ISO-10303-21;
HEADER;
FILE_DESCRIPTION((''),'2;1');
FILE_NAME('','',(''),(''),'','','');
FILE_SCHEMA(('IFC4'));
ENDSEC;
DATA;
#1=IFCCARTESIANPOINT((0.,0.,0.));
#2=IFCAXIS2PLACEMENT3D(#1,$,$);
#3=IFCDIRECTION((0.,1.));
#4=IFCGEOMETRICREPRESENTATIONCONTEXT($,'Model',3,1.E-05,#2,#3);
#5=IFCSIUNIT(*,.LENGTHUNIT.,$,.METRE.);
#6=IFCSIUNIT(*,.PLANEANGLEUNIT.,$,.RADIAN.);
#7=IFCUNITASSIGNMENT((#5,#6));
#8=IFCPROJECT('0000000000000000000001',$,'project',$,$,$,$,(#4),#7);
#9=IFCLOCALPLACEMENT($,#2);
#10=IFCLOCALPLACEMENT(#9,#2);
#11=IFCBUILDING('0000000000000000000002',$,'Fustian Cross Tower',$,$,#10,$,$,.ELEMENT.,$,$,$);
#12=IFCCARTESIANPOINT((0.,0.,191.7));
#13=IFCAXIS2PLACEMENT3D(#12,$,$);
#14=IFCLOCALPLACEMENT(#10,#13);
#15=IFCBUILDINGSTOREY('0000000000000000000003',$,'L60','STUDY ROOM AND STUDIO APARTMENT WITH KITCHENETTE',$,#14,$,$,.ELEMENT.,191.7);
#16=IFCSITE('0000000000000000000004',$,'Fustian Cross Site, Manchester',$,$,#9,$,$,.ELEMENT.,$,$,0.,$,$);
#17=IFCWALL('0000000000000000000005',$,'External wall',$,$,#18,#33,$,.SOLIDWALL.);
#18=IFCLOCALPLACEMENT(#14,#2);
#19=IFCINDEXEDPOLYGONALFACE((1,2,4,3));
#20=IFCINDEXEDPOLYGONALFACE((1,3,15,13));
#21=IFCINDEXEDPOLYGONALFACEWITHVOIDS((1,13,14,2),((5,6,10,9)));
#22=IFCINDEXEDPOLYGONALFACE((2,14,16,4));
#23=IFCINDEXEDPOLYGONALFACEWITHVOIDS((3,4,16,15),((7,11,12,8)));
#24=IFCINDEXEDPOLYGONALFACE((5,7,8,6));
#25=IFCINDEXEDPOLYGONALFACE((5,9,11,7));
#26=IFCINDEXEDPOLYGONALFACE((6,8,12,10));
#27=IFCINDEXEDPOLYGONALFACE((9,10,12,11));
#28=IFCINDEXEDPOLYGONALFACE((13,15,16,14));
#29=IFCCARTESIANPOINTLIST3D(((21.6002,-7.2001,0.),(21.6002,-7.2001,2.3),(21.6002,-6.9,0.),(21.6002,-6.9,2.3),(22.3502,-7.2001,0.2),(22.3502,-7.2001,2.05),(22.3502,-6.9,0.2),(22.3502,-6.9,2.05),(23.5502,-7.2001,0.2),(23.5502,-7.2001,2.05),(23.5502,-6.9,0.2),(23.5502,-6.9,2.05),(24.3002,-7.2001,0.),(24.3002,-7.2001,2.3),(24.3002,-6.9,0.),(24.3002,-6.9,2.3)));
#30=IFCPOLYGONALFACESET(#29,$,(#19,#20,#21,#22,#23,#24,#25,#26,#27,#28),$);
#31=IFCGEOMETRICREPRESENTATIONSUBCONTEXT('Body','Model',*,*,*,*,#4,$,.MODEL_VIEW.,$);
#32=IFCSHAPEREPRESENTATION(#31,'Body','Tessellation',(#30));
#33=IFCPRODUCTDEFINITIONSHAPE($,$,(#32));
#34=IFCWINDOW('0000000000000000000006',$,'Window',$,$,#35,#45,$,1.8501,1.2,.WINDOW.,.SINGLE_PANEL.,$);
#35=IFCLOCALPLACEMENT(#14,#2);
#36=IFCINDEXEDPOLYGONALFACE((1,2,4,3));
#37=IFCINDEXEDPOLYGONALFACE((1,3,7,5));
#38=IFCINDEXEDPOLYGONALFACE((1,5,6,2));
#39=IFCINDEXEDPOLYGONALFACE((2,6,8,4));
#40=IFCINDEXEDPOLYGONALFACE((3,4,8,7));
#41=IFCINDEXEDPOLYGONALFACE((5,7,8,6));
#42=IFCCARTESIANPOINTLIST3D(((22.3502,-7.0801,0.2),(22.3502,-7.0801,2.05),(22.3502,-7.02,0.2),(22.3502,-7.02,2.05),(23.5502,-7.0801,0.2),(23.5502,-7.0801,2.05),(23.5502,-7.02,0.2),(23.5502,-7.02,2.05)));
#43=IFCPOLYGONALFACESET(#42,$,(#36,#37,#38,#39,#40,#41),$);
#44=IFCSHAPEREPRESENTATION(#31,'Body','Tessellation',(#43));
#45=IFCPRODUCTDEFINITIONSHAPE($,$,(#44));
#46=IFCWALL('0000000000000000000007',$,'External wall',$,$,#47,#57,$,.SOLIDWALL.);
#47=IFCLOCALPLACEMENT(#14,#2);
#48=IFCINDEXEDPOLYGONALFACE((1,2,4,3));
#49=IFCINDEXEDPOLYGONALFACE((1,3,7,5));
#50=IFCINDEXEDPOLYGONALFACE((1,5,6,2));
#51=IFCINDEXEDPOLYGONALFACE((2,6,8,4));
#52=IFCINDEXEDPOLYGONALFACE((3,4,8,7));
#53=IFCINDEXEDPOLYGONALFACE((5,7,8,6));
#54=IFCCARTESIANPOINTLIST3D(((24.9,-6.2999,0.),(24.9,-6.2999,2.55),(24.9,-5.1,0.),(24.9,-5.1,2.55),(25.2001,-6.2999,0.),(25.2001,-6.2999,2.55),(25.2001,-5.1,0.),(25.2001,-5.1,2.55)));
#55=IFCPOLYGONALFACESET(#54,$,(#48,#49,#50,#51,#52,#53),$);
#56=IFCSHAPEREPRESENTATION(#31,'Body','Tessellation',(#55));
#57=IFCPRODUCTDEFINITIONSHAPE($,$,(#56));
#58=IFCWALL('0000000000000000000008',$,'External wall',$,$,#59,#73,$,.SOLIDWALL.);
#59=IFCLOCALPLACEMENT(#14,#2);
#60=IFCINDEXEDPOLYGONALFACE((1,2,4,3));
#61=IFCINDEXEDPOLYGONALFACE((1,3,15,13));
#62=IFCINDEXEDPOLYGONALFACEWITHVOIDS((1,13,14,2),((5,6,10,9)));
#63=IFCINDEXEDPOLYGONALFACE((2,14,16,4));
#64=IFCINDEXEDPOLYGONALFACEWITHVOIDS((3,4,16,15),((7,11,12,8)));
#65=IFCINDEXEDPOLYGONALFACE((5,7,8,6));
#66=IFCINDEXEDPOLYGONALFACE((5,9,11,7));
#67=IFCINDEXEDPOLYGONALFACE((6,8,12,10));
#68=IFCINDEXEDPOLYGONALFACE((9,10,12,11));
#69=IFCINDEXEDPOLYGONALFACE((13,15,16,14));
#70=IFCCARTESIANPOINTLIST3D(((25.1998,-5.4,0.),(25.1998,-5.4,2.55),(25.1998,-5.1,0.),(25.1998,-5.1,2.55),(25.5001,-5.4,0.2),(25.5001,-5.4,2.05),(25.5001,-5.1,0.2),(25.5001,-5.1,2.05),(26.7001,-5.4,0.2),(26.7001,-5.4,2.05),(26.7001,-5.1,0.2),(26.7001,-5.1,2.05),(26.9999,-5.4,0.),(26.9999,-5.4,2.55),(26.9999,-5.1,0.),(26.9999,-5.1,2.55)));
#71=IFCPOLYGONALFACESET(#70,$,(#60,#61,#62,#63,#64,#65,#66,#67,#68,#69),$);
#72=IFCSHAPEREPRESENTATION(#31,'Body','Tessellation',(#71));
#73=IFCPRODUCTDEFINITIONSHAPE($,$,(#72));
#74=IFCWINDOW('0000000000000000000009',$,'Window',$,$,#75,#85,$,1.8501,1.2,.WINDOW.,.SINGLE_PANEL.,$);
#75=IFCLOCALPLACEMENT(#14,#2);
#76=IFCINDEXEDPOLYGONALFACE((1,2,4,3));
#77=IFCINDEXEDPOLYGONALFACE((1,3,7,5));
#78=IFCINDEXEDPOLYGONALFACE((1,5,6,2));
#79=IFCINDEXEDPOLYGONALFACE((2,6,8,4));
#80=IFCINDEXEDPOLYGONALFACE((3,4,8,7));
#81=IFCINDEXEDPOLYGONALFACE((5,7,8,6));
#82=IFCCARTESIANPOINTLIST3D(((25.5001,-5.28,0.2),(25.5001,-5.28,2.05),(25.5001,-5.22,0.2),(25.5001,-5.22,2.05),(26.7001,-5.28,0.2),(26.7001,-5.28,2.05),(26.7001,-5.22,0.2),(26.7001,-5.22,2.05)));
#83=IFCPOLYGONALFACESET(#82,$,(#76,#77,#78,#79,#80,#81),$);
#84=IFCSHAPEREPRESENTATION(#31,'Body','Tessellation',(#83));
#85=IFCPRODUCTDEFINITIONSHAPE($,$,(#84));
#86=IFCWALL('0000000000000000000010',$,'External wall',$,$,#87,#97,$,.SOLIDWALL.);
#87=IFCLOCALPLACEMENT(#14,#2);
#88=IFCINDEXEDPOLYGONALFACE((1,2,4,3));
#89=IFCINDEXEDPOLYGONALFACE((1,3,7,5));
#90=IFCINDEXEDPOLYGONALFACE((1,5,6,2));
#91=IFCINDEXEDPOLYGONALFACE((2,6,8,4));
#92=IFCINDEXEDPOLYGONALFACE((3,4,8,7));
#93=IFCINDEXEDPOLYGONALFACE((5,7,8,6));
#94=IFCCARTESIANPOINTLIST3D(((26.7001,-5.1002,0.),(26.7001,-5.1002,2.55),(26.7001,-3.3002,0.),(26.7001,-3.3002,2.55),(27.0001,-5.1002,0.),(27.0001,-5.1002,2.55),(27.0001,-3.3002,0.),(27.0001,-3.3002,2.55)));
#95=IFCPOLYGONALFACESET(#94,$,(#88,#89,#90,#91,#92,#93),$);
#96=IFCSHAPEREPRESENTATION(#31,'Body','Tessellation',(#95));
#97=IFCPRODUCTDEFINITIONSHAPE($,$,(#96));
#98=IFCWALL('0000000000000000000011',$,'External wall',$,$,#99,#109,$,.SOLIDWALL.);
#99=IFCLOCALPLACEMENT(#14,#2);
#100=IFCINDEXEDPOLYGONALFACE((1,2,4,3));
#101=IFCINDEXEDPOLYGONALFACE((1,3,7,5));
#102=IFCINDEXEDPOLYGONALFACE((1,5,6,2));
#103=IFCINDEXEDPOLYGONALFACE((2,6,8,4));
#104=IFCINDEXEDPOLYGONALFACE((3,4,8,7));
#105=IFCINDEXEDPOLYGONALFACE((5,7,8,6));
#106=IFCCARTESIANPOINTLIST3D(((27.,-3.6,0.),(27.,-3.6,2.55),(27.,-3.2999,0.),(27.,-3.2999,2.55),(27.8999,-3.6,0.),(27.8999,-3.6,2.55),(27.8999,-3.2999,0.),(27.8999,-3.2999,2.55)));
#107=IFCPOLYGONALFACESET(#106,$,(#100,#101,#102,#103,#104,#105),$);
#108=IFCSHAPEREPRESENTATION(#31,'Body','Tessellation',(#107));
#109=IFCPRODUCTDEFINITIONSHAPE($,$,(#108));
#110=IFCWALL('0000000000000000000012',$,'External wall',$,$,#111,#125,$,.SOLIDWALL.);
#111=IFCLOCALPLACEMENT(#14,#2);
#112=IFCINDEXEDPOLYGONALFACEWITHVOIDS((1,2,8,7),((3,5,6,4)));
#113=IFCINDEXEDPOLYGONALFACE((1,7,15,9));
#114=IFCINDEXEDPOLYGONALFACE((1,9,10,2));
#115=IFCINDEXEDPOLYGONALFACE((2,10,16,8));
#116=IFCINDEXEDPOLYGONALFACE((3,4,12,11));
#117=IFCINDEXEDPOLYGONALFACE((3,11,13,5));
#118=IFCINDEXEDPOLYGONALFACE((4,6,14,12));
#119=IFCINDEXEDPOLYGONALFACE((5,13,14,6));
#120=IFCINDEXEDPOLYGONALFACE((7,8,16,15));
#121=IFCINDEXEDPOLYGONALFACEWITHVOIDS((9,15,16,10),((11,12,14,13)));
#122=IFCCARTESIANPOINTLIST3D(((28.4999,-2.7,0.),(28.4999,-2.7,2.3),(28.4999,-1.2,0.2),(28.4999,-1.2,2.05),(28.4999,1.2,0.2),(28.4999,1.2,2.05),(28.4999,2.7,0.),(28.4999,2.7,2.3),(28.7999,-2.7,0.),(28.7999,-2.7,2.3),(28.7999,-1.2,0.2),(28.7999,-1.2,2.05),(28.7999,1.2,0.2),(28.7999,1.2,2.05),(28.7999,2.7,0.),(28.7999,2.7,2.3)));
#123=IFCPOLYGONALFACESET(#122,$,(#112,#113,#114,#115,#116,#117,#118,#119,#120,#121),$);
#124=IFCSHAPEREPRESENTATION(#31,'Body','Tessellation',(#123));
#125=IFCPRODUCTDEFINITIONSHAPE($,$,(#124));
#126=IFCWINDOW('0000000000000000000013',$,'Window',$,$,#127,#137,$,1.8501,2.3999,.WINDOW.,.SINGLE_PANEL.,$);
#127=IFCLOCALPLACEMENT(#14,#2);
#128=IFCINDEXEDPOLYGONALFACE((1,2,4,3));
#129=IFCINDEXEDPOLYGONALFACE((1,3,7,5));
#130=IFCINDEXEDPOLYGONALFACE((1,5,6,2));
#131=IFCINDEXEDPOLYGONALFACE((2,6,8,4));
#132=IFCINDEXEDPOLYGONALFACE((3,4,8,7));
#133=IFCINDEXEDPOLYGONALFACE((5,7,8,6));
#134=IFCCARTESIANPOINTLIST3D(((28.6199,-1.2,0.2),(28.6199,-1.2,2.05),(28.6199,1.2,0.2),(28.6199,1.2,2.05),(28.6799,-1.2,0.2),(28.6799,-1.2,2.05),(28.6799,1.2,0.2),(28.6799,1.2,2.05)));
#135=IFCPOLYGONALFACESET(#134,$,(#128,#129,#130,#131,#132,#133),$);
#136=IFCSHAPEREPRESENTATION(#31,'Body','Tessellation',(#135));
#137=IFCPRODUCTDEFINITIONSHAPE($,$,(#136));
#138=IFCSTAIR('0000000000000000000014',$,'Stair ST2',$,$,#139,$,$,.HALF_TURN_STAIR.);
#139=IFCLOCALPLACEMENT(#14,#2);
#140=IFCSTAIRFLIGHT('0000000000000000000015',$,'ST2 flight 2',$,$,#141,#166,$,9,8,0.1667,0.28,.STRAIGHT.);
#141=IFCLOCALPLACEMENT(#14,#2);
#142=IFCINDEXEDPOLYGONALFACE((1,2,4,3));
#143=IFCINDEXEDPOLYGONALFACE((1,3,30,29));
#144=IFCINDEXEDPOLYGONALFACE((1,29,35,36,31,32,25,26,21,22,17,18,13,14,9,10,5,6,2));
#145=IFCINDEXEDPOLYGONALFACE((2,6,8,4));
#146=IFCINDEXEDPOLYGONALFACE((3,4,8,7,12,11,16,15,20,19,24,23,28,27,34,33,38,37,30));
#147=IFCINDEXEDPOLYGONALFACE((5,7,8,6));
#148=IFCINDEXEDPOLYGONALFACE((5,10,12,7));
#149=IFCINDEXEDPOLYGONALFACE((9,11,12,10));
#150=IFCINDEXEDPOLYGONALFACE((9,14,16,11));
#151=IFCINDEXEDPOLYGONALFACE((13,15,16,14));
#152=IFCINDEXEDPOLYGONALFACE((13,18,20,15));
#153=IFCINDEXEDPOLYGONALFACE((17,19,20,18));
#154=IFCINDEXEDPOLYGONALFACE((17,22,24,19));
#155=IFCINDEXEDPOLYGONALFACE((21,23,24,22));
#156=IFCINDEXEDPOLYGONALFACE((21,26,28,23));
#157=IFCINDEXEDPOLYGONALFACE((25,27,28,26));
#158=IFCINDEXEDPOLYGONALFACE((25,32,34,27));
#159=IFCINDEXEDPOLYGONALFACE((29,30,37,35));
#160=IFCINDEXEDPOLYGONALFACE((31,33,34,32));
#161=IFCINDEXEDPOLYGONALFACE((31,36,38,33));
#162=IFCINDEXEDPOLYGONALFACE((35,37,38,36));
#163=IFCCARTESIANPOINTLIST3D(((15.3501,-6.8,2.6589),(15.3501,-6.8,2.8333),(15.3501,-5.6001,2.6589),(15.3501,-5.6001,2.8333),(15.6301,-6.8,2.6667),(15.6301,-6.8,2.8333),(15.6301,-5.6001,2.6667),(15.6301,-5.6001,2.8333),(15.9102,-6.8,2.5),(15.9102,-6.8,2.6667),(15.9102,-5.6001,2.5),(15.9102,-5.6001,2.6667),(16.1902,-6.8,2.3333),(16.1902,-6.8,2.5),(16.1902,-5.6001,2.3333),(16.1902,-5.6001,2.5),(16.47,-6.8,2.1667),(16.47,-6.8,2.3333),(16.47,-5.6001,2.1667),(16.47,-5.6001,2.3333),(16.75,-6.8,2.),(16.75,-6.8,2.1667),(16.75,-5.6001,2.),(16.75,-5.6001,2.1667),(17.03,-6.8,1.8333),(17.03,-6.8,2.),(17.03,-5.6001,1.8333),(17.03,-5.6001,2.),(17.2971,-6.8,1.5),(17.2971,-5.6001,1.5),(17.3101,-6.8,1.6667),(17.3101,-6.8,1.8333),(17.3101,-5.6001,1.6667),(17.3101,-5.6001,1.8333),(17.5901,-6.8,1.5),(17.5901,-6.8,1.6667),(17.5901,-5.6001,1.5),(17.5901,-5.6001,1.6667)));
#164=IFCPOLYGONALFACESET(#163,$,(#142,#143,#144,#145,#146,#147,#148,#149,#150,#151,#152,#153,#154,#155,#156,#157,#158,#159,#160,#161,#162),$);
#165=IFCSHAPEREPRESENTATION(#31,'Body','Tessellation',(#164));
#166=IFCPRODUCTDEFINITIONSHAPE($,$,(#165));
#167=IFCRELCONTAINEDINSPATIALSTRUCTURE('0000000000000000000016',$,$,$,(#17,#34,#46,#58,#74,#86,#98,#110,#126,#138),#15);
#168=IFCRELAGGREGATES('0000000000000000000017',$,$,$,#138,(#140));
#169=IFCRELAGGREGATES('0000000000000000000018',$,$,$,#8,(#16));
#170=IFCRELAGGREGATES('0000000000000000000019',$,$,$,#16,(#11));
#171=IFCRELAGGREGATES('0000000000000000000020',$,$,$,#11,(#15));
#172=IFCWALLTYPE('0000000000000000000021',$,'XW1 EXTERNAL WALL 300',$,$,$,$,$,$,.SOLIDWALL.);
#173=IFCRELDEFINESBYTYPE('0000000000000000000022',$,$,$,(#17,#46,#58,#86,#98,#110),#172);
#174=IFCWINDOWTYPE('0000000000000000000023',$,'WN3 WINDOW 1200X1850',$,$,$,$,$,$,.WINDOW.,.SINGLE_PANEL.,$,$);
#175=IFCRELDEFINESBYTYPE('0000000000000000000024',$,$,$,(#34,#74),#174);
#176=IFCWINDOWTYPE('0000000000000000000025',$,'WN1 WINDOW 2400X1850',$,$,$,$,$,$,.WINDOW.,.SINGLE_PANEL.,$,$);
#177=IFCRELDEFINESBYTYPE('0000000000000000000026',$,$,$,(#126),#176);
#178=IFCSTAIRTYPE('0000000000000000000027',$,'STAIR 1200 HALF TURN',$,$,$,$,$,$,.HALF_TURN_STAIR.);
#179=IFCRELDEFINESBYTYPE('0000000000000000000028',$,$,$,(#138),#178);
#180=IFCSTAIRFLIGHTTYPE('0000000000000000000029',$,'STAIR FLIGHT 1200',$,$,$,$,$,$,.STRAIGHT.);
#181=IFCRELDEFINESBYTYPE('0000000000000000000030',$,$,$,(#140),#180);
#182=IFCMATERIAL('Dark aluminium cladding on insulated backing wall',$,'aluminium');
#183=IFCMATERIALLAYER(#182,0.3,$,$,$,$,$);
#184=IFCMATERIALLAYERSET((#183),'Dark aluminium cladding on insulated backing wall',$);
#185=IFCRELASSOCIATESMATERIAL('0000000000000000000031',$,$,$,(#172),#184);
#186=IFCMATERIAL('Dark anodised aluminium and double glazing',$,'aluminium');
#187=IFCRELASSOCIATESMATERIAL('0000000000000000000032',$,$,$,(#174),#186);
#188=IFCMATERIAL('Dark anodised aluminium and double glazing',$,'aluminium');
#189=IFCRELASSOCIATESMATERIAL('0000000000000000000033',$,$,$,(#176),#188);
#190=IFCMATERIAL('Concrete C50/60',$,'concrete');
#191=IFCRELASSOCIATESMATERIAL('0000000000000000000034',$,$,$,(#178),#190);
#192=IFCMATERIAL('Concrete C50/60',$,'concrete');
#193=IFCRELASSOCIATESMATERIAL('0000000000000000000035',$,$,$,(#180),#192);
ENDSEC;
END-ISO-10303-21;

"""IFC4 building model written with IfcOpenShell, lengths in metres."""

from ifc_helpers import new_model, si_unit, direction, frame, frame_2d, origin, place, context, subcontext, project, spatial, polyline, rectangle, outline, extrude, material, layer, layer_set, type_object, element, fill, aggregate, save


model = new_model("IFC4")

# Units and contexts
model_context = context("Model", 3, precision=1e-05, world=origin(), true_north=direction((0.0, 1.0)))
body_context = subcontext(model_context, "Body", "Model", "MODEL_VIEW")
ifc_project = project(units=[si_unit("LENGTHUNIT", "METRE"), si_unit("PLANEANGLEUNIT", "RADIAN")], contexts=[model_context])

# Site, building, storey
site_placement = place(None, origin())
site = spatial("IfcSite", under=ifc_project, at=site_placement, Name="Fustian Cross Site, Manchester", CompositionType="ELEMENT", RefElevation=0.0)
building_placement = place(site_placement, origin())
building = spatial("IfcBuilding", under=site, at=building_placement, Name="Fustian Cross Tower", CompositionType="ELEMENT")
storey_placement = place(building_placement, frame((0.0, 0.0, 191.7)))
storey = spatial("IfcBuildingStorey", under=building, at=storey_placement, Name="L60", Description="STUDY ROOM AND STUDIO APARTMENT WITH KITCHENETTE", CompositionType="ELEMENT", Elevation=191.7)

# Wall, opening, window
ifc_material_1 = material(Name="Dark aluminium cladding on insulated backing wall", Category="aluminium")
ifc_layer_1 = layer(ifc_material_1, 0.3)
ifc_layer_set_1 = layer_set([ifc_layer_1], Name="Dark aluminium cladding on insulated backing wall")
wall_type_1 = type_object("IfcWallType", Name="XW1 EXTERNAL WALL 300", PredefinedType="SOLIDWALL", material=ifc_layer_set_1)
wall_1_placement = place(storey_placement, frame((21.6001, -7.05, 0.0), z_axis=(0.0, 0.0, 1.0), x_axis=(1.0, 0.0, 0.0)))
wall_1 = element("IfcWall", 1, at=wall_1_placement, inside=storey, type_object=wall_type_1, Name="External wall", PredefinedType="SOLIDWALL", context=body_context, shape_type="SweptSolid", body=[
    extrude(rectangle(XDim=2.7, YDim=0.3, at=frame_2d((1.3501, 0.0))), origin(), (0.0, 0.0, 1.0), 2.3),
])
opening_1_placement = place(wall_1_placement, frame((0.75, 0.0, 0.2)))
opening_1 = element("IfcOpeningElement", 2, at=opening_1_placement, cuts=wall_1, PredefinedType="OPENING", context=body_context, shape_type="SweptSolid", body=[
    extrude(rectangle(XDim=1.2, YDim=1.8501, at=frame_2d((0.6001, 0.925))), frame((0.0, 0.1599, 0.0), z_axis=(0.0, -1.0, 0.0), x_axis=(1.0, 0.0, 0.0)), (0.0, 0.0, 1.0), 0.3201),
])
ifc_material_2 = material(Name="Dark anodised aluminium and double glazing", Category="aluminium")
window_type_1 = type_object("IfcWindowType", Name="WN3 WINDOW 1200X1850", PartitioningType="SINGLE_PANEL", PredefinedType="WINDOW", material=ifc_material_2)
window_1_placement = place(opening_1_placement, origin())
window_1 = element("IfcWindow", 3, at=window_1_placement, inside=storey, type_object=window_type_1, Name="Window", OverallHeight=1.8501, OverallWidth=1.2, PartitioningType="SINGLE_PANEL", PredefinedType="WINDOW", context=body_context, shape_type="SweptSolid", body=[
    extrude(rectangle(XDim=1.2, YDim=1.8501, at=frame_2d((0.6001, 0.925))), frame((0.0, 0.03, 0.0), z_axis=(0.0, -1.0, 0.0), x_axis=(1.0, 0.0, 0.0)), (0.0, 0.0, 1.0), 0.0601),
])
fill(opening_1, window_1)

# Wall
wall_2_placement = place(storey_placement, frame((25.05, -6.3, 0.0), z_axis=(0.0, 0.0, 1.0), x_axis=(0.0, 1.0, 0.0)))
element("IfcWall", 4, at=wall_2_placement, inside=storey, type_object=wall_type_1, Name="External wall", PredefinedType="SOLIDWALL", context=body_context, shape_type="SweptSolid", body=[
    extrude(rectangle(XDim=1.2, YDim=0.3, at=frame_2d((0.6001, 0.0))), origin(), (0.0, 0.0, 1.0), 2.55),
])

# Wall, opening, window
wall_3_placement = place(storey_placement, frame((25.2, -5.25, 0.0), z_axis=(0.0, 0.0, 1.0), x_axis=(1.0, 0.0, 0.0)))
wall_3 = element("IfcWall", 5, at=wall_3_placement, inside=storey, type_object=wall_type_1, Name="External wall", PredefinedType="SOLIDWALL", context=body_context, shape_type="SweptSolid", body=[
    extrude(rectangle(XDim=1.8, YDim=0.3, at=frame_2d((0.8999, 0.0))), origin(), (0.0, 0.0, 1.0), 2.55),
])
opening_2_placement = place(wall_3_placement, frame((0.3, 0.0, 0.2)))
opening_2 = element("IfcOpeningElement", 6, at=opening_2_placement, cuts=wall_3, PredefinedType="OPENING", context=body_context, shape_type="SweptSolid", body=[
    extrude(rectangle(XDim=1.2, YDim=1.8501, at=frame_2d((0.6001, 0.925))), frame((0.0, 0.1599, 0.0), z_axis=(0.0, -1.0, 0.0), x_axis=(1.0, 0.0, 0.0)), (0.0, 0.0, 1.0), 0.3201),
])
window_2_placement = place(opening_2_placement, origin())
window_2 = element("IfcWindow", 7, at=window_2_placement, inside=storey, type_object=window_type_1, Name="Window", OverallHeight=1.8501, OverallWidth=1.2, PartitioningType="SINGLE_PANEL", PredefinedType="WINDOW", context=body_context, shape_type="SweptSolid", body=[
    extrude(rectangle(XDim=1.2, YDim=1.8501, at=frame_2d((0.6001, 0.925))), frame((0.0, 0.03, 0.0), z_axis=(0.0, -1.0, 0.0), x_axis=(1.0, 0.0, 0.0)), (0.0, 0.0, 1.0), 0.0601),
])
fill(opening_2, window_2)

# Walls
wall_4_placement = place(storey_placement, frame((26.8501, -5.1001, 0.0), z_axis=(0.0, 0.0, 1.0), x_axis=(0.0, 1.0, 0.0)))
element("IfcWall", 8, at=wall_4_placement, inside=storey, type_object=wall_type_1, Name="External wall", PredefinedType="SOLIDWALL", context=body_context, shape_type="SweptSolid", body=[
    extrude(rectangle(XDim=1.8, YDim=0.3, at=frame_2d((0.8999, 0.0))), origin(), (0.0, 0.0, 1.0), 2.55),
])
wall_5_placement = place(storey_placement, frame((27.0, -3.45, 0.0), z_axis=(0.0, 0.0, 1.0), x_axis=(1.0, 0.0, 0.0)))
element("IfcWall", 9, at=wall_5_placement, inside=storey, type_object=wall_type_1, Name="External wall", PredefinedType="SOLIDWALL", context=body_context, shape_type="SweptSolid", body=[
    extrude(rectangle(XDim=0.8999, YDim=0.3, at=frame_2d((0.45, 0.0))), origin(), (0.0, 0.0, 1.0), 2.55),
])

# Wall, opening, window
wall_6_placement = place(storey_placement, frame((28.6499, -2.7, 0.0), z_axis=(0.0, 0.0, 1.0), x_axis=(0.0, 1.0, 0.0)))
wall_6 = element("IfcWall", 10, at=wall_6_placement, inside=storey, type_object=wall_type_1, Name="External wall", PredefinedType="SOLIDWALL", context=body_context, shape_type="SweptSolid", body=[
    extrude(rectangle(XDim=5.3999, YDim=0.3, at=frame_2d((2.7, 0.0))), origin(), (0.0, 0.0, 1.0), 2.3),
])
opening_3_placement = place(wall_6_placement, frame((1.5, 0.0, 0.2)))
opening_3 = element("IfcOpeningElement", 11, at=opening_3_placement, cuts=wall_6, PredefinedType="OPENING", context=body_context, shape_type="SweptSolid", body=[
    extrude(rectangle(XDim=2.3999, YDim=1.8501, at=frame_2d((1.2, 0.925))), frame((0.0, 0.1599, 0.0), z_axis=(0.0, -1.0, 0.0), x_axis=(1.0, 0.0, 0.0)), (0.0, 0.0, 1.0), 0.3201),
])
ifc_material_3 = material(Name="Dark anodised aluminium and double glazing", Category="aluminium")
window_type_2 = type_object("IfcWindowType", Name="WN1 WINDOW 2400X1850", PartitioningType="SINGLE_PANEL", PredefinedType="WINDOW", material=ifc_material_3)
window_3_placement = place(opening_3_placement, origin())
window_3 = element("IfcWindow", 12, at=window_3_placement, inside=storey, type_object=window_type_2, Name="Window", OverallHeight=1.8501, OverallWidth=2.3999, PartitioningType="SINGLE_PANEL", PredefinedType="WINDOW", context=body_context, shape_type="SweptSolid", body=[
    extrude(rectangle(XDim=2.3999, YDim=1.8501, at=frame_2d((1.2, 0.925))), frame((0.0, 0.03, 0.0), z_axis=(0.0, -1.0, 0.0), x_axis=(1.0, 0.0, 0.0)), (0.0, 0.0, 1.0), 0.0601),
])
fill(opening_3, window_3)

# Stair, stair flight
ifc_material_4 = material(Name="Concrete C50/60", Category="concrete")
stair_type = type_object("IfcStairType", Name="STAIR 1200 HALF TURN", PredefinedType="HALF_TURN_STAIR", material=ifc_material_4)
stair_placement = place(storey_placement, origin())
stair = element("IfcStair", 13, at=stair_placement, inside=storey, type_object=stair_type, Name="Stair ST2", PredefinedType="HALF_TURN_STAIR")
ifc_material_5 = material(Name="Concrete C50/60", Category="concrete")
stair_flight_type = type_object("IfcStairFlightType", Name="STAIR FLIGHT 1200", PredefinedType="STRAIGHT", material=ifc_material_5)
stair_flight_placement = place(storey_placement, frame((17.5901, -6.2, 1.5), z_axis=(0.0, 0.0, 1.0), x_axis=(-1.0, 0.0, 0.0)))
stair_flight = element("IfcStairFlight", 14, at=stair_flight_placement, type_object=stair_flight_type, Name="ST2 flight 2", NumberOfRisers=9, NumberOfTreads=8, PredefinedType="STRAIGHT", RiserHeight=0.1667, TreadLength=0.28, context=body_context, shape_type="SweptSolid", body=[
    extrude(outline(polyline([(0.0, 0.0), (0.0, 0.1667), (0.28, 0.1667), (0.28, 0.3333), (0.5601, 0.3333), (0.5601, 0.5), (0.8401, 0.5), (0.8401, 0.6667), (1.1201, 0.6667), (1.1201, 0.8333), (1.3999, 0.8333), (1.3999, 1.0), (1.6799, 1.0), (1.6799, 1.1667), (1.96, 1.1667), (1.96, 1.3333), (2.24, 1.3333), (2.24, 1.5), (2.24, 1.1589), (0.293, 0.0), (0.0, 0.0)])), frame((0.0, 0.6001, 0.0), z_axis=(0.0, -1.0, 0.0), x_axis=(1.0, 0.0, 0.0)), (0.0, 0.0, 1.0), 1.2),
])
aggregate(stair, [stair_flight])

save(model, "model.ifc")
